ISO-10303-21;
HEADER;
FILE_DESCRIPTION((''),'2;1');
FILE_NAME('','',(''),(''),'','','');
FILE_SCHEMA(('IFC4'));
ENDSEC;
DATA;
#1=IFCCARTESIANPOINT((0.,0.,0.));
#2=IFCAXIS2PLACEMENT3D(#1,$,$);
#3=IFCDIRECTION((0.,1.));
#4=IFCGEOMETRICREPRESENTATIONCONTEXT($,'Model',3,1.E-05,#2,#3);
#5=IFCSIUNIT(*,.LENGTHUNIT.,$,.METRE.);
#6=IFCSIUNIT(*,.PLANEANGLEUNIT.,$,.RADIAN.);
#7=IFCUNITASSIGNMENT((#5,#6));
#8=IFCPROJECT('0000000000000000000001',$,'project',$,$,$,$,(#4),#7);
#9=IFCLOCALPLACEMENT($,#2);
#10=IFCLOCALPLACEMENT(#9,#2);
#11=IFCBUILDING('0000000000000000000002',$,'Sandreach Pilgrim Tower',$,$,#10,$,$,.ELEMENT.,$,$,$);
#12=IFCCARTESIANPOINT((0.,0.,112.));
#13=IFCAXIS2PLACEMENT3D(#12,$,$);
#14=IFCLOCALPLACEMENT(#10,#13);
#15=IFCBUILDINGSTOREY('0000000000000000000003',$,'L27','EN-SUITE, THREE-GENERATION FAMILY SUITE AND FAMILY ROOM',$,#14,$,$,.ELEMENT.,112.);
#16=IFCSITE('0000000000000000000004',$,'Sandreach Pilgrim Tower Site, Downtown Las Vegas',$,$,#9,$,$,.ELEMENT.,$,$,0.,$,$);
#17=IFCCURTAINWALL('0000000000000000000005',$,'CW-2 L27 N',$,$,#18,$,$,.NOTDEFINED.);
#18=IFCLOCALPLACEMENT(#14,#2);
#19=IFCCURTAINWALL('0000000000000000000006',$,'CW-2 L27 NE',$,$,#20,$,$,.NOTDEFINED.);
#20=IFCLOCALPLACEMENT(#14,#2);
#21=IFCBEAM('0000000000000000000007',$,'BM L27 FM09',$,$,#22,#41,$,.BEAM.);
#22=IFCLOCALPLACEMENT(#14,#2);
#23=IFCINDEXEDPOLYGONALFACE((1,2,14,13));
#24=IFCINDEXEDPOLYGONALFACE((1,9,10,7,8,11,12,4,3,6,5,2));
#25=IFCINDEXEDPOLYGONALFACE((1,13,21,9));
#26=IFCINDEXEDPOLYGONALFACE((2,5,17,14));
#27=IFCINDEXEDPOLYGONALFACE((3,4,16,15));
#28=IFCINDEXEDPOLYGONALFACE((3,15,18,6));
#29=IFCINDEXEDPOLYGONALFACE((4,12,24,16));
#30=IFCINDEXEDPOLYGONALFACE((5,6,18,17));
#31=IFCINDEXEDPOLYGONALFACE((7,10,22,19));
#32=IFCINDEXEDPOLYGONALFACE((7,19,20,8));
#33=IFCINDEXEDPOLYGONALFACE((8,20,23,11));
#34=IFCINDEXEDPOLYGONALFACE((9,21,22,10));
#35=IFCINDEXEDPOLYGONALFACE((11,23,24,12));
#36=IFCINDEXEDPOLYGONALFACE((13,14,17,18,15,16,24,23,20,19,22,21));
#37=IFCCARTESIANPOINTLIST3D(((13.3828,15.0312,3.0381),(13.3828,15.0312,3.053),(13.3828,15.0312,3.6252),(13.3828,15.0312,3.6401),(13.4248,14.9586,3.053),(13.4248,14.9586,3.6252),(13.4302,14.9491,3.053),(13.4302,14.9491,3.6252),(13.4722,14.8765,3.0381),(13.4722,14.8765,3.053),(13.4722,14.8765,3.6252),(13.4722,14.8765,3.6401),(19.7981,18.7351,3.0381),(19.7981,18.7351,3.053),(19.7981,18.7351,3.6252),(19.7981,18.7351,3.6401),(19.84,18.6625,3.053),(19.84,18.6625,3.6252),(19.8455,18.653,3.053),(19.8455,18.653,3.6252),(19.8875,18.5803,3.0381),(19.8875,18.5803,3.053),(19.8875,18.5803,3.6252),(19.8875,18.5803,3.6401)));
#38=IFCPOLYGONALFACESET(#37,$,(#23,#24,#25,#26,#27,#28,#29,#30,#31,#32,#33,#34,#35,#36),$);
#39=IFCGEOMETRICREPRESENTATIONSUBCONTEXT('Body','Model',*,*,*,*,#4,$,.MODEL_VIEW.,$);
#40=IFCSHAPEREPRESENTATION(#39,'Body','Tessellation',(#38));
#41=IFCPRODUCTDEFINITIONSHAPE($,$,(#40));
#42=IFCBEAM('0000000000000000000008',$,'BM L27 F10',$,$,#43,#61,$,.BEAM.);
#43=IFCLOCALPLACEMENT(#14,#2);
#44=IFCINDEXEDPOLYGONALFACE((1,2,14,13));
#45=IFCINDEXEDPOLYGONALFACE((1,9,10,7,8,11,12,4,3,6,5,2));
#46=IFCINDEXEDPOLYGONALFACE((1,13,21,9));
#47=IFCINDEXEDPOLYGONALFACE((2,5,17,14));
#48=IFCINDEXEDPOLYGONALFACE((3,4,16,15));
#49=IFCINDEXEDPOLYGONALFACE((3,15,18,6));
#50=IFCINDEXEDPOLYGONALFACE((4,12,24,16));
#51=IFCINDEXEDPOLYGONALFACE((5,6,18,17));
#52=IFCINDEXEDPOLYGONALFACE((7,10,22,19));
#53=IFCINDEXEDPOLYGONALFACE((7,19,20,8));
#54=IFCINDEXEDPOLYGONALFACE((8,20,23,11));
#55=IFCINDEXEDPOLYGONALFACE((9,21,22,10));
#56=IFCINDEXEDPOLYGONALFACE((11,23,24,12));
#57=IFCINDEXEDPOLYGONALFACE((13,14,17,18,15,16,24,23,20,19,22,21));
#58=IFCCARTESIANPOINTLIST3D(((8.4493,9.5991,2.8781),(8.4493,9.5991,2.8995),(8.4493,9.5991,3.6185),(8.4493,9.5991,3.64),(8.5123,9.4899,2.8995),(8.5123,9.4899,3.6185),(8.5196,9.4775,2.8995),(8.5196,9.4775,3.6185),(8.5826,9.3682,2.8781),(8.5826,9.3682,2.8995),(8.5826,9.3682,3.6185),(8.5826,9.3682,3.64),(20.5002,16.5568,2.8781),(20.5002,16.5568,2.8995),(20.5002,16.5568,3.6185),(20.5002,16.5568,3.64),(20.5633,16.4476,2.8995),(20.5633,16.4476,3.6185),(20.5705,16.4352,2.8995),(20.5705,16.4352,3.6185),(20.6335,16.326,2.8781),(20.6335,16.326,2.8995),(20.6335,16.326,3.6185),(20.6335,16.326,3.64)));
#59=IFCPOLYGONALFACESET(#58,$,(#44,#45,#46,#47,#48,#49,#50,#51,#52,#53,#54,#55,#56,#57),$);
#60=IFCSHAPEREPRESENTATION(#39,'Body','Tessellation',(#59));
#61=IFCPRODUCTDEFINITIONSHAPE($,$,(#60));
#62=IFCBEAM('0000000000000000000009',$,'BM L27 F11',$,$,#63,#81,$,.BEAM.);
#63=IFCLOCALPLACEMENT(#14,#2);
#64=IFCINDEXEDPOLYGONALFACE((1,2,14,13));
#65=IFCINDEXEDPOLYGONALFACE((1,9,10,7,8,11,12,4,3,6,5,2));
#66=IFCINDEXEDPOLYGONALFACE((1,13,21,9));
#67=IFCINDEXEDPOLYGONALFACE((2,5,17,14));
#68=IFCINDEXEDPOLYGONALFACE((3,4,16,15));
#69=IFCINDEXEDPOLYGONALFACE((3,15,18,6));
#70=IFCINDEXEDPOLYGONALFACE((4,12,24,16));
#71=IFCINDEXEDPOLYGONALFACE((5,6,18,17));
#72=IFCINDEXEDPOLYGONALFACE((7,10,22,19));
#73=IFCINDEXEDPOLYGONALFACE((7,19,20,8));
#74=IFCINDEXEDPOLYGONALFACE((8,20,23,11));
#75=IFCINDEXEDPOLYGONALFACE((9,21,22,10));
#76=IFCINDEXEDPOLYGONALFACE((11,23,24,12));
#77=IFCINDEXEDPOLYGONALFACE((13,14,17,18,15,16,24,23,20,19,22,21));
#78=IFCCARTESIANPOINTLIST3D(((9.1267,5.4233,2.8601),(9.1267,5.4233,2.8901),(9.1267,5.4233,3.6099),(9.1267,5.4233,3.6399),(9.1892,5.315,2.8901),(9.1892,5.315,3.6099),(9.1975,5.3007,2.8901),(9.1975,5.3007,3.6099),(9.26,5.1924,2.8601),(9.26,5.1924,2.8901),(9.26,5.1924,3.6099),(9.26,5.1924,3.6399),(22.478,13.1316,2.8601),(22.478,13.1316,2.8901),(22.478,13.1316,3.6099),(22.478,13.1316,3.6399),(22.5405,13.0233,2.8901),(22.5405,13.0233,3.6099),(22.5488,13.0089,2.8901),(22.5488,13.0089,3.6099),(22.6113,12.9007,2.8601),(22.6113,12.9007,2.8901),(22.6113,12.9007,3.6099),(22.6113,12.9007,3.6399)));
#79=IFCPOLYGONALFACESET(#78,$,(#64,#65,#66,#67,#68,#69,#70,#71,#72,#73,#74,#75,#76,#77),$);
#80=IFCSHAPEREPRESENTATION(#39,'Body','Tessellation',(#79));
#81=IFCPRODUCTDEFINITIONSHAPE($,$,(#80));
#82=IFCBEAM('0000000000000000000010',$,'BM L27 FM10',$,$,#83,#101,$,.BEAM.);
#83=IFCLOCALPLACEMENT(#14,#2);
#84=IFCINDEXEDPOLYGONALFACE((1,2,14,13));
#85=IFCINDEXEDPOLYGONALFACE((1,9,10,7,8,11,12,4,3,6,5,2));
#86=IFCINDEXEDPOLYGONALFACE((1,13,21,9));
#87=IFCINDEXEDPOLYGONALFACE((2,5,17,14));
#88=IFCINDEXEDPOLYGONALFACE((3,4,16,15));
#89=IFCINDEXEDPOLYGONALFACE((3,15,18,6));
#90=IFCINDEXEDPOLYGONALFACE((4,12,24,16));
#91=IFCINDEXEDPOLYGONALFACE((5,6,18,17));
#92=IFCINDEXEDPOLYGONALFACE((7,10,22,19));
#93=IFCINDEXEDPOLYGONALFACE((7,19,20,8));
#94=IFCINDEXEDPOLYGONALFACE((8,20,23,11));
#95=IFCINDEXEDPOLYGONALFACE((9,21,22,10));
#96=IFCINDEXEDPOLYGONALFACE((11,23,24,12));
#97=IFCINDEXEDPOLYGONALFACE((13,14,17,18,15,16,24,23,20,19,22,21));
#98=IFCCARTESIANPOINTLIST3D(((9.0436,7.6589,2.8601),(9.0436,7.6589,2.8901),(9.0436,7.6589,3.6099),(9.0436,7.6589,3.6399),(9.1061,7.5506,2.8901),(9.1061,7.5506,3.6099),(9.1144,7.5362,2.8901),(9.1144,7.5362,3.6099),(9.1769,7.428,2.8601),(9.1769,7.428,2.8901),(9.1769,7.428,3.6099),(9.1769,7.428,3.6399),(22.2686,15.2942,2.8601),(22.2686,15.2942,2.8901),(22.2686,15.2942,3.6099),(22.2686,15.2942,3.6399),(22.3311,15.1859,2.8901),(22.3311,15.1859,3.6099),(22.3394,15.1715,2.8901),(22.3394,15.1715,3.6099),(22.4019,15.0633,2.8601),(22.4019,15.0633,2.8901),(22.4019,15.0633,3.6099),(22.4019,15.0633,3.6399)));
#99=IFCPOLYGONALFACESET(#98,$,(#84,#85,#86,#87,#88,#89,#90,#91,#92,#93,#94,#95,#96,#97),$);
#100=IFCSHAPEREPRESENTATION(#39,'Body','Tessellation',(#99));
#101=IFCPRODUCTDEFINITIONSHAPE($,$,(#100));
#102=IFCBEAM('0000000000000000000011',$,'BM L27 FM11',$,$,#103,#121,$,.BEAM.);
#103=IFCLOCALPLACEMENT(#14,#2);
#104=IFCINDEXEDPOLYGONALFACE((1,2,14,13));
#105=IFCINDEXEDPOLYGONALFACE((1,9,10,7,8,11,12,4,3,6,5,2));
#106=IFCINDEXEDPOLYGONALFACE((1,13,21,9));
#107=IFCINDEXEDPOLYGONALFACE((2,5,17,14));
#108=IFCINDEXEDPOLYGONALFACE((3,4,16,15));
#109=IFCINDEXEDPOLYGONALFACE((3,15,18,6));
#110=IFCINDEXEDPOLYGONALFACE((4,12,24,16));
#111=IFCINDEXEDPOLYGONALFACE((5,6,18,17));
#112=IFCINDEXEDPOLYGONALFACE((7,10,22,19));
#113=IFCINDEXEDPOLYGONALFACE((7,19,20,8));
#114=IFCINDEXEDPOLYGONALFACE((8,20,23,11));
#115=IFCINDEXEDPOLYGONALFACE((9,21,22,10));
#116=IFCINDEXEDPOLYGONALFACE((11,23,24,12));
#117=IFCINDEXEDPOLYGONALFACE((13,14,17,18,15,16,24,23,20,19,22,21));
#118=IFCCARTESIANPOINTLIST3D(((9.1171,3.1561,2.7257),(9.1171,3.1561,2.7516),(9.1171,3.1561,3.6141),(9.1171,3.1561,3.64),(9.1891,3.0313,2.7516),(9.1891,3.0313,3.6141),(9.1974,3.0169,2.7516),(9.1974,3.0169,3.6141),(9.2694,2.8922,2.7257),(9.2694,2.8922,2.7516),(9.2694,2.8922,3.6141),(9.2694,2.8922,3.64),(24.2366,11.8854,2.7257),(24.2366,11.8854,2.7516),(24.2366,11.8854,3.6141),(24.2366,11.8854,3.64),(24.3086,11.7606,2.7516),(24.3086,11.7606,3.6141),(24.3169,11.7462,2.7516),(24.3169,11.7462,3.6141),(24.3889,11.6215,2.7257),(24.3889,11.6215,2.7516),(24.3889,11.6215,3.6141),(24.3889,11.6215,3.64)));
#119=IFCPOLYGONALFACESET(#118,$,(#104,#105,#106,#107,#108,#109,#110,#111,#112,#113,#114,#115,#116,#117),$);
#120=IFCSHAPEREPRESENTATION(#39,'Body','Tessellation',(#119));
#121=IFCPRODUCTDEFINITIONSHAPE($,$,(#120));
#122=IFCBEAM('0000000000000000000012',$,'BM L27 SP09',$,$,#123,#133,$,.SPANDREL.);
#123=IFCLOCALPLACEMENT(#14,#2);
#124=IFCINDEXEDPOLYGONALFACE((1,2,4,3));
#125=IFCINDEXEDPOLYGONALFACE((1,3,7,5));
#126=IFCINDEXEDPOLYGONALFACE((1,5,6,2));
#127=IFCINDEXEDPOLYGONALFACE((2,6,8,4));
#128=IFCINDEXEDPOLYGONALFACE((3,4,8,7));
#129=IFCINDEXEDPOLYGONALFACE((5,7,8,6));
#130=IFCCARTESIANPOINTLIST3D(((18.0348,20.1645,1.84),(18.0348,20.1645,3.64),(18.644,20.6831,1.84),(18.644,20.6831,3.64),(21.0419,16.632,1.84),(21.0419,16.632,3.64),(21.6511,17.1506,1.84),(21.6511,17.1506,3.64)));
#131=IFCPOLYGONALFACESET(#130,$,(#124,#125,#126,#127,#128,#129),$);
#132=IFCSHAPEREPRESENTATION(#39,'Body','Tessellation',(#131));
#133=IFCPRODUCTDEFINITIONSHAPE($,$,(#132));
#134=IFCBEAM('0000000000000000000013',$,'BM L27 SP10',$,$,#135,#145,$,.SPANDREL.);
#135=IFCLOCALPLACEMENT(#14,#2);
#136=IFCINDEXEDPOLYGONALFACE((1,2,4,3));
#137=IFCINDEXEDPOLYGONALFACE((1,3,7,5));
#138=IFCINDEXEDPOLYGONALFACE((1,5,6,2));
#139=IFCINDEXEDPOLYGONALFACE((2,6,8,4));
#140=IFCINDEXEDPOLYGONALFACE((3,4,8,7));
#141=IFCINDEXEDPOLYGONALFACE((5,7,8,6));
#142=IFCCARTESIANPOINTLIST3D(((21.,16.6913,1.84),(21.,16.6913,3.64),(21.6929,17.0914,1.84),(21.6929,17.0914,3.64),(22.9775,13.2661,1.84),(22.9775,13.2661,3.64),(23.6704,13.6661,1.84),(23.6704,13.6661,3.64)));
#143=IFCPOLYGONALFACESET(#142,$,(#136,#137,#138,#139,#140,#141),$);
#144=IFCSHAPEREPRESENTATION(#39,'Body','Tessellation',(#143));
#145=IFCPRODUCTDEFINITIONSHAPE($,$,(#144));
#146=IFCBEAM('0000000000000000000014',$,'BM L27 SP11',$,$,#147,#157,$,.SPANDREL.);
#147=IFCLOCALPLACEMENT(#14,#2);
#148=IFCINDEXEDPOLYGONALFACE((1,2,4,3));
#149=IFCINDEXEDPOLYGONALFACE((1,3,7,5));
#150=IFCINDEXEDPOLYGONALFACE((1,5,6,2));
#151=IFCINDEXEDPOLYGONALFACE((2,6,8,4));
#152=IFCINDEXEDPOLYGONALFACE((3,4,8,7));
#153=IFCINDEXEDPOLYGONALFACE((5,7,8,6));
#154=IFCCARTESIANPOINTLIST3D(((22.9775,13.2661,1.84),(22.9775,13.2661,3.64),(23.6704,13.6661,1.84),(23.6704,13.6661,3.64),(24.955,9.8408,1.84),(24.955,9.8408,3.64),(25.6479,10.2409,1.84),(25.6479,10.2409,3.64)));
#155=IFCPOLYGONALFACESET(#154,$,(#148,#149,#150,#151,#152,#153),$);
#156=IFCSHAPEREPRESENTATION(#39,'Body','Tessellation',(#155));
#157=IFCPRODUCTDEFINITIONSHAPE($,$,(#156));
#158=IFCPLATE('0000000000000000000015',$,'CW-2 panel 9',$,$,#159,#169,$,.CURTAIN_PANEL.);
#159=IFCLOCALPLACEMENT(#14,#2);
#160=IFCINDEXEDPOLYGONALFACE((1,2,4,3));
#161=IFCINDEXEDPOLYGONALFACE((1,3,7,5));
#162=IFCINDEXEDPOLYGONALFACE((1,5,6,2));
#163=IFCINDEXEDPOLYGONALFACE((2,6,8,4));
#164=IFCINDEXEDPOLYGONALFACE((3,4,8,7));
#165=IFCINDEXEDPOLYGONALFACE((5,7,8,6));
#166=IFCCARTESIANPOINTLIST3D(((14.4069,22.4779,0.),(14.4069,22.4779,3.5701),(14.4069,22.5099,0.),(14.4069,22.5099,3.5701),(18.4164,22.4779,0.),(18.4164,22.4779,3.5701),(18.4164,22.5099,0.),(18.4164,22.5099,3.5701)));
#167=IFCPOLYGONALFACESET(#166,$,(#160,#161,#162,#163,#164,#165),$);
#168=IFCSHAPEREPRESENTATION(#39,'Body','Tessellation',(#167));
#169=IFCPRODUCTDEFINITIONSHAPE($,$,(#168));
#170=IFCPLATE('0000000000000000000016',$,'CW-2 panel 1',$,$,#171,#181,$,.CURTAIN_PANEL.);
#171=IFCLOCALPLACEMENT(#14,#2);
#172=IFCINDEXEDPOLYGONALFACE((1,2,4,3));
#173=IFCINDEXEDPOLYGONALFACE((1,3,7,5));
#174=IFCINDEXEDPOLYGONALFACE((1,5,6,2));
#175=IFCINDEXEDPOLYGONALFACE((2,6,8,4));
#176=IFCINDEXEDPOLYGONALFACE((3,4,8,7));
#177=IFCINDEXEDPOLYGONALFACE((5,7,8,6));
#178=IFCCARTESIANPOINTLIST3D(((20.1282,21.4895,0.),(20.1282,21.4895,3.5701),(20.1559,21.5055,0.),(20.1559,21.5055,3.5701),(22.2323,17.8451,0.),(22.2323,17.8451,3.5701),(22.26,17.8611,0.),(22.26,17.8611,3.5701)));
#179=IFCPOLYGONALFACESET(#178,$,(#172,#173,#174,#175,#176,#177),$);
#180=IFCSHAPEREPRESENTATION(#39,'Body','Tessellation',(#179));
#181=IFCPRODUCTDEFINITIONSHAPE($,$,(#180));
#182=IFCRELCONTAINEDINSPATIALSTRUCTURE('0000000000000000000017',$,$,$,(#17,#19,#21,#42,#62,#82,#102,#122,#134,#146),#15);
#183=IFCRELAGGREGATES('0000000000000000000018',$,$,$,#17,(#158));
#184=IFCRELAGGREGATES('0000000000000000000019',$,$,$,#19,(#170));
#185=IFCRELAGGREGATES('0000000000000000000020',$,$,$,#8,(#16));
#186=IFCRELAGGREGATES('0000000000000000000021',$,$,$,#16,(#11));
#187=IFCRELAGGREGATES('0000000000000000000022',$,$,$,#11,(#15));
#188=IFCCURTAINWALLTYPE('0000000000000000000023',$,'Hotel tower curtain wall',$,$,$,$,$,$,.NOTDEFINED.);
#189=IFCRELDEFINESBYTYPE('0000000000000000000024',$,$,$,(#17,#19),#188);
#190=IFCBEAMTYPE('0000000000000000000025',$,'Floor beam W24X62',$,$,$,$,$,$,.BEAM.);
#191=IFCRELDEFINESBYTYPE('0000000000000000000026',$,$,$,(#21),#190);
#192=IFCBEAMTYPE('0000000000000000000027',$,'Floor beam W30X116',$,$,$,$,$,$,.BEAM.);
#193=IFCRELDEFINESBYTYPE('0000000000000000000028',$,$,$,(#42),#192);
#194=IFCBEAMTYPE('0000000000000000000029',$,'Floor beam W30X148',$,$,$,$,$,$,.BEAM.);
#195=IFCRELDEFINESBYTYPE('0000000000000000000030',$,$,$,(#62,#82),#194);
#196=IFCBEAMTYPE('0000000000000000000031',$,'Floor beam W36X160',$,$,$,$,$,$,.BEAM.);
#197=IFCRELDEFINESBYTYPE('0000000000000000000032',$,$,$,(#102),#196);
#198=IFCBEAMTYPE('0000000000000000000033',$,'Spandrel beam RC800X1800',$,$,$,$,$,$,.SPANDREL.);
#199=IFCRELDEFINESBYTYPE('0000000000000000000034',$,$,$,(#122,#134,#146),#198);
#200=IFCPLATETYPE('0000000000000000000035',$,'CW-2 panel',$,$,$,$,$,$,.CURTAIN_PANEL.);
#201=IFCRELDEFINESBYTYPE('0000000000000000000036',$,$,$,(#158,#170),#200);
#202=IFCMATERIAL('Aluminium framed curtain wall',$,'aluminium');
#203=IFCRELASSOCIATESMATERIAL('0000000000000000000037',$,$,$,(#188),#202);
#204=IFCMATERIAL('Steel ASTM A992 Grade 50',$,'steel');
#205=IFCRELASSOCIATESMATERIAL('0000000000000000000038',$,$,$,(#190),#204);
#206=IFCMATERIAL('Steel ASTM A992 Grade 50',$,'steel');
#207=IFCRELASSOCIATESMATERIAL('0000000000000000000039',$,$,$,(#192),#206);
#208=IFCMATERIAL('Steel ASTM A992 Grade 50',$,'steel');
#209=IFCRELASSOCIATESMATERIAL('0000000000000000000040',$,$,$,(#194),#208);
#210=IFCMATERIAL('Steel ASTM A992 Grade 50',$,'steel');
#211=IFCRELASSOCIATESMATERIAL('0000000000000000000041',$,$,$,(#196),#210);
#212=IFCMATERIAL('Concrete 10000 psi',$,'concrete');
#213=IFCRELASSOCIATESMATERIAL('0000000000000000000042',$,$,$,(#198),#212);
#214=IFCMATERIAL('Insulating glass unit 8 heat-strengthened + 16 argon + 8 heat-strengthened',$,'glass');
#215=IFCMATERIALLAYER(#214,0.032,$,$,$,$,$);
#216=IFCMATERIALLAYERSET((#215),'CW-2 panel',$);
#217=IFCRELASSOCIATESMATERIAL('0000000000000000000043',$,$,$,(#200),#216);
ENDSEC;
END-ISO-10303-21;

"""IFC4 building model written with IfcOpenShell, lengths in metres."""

from ifc_helpers import new_model, si_unit, direction, frame, origin, origin_2d, place, context, subcontext, project, spatial, rectangle, i_section, extrude, material, layer, layer_set, material_profile, profile_set, type_object, element, aggregate, save


model = new_model("IFC4")

# Units and contexts
model_context = context("Model", 3, precision=1e-05, world=origin(), true_north=direction((0.0, 1.0)))
body_context = subcontext(model_context, "Body", "Model", "MODEL_VIEW")
ifc_project = project(units=[si_unit("LENGTHUNIT", "METRE"), si_unit("PLANEANGLEUNIT", "RADIAN")], contexts=[model_context])

# Site, building, storey
site_placement = place(None, origin())
site = spatial("IfcSite", under=ifc_project, at=site_placement, Name="Sandreach Pilgrim Tower Site, Downtown Las Vegas", CompositionType="ELEMENT", RefElevation=0.0)
building_placement = place(site_placement, origin())
building = spatial("IfcBuilding", under=site, at=building_placement, Name="Sandreach Pilgrim Tower", CompositionType="ELEMENT")
storey_placement = place(building_placement, frame((0.0, 0.0, 112.0)))
storey = spatial("IfcBuildingStorey", under=building, at=storey_placement, Name="L27", Description="EN-SUITE, THREE-GENERATION FAMILY SUITE AND FAMILY ROOM", CompositionType="ELEMENT", Elevation=112.0)

# Curtain wall
ifc_material_1 = material(Name="Aluminium framed curtain wall", Category="aluminium")
curtain_wall_type = type_object("IfcCurtainWallType", Name="Hotel tower curtain wall", PredefinedType="NOTDEFINED", material=ifc_material_1)
curtain_wall_1_placement = place(storey_placement, origin())
curtain_wall_1 = element("IfcCurtainWall", 1, at=curtain_wall_1_placement, inside=storey, type_object=curtain_wall_type, Name="CW-2 L27 N", PredefinedType="NOTDEFINED")

# Curtain wall
curtain_wall_2_placement = place(storey_placement, origin())
curtain_wall_2 = element("IfcCurtainWall", 2, at=curtain_wall_2_placement, inside=storey, type_object=curtain_wall_type, Name="CW-2 L27 NE", PredefinedType="NOTDEFINED")

# Beams
ifc_material_2 = material(Name="Steel ASTM A992 Grade 50", Category="steel")
ifc_material_profile_1 = material_profile(ifc_material_2, i_section(OverallWidth=0.1787, OverallDepth=0.6021, WebThickness=0.011, FlangeThickness=0.0149, at=origin_2d()), Name="W24X62")
ifc_profile_set_1 = profile_set([ifc_material_profile_1], Name="Steel ASTM A992 Grade 50")
beam_type_1 = type_object("IfcBeamType", Name="Floor beam W24X62", PredefinedType="BEAM", material=ifc_profile_set_1)
beam_1_placement = place(storey_placement, frame((19.8428, 18.6577, 3.3391), z_axis=(-0.866026, -0.499999, 0.0), x_axis=(0.499999, -0.866026, 0.0)))
element("IfcBeam", 3, at=beam_1_placement, inside=storey, type_object=beam_type_1, Name="BM L27 FM09", PredefinedType="BEAM", context=body_context, shape_type="SweptSolid", body=[
    extrude(i_section(OverallWidth=0.1787, OverallDepth=0.6021, WebThickness=0.011, FlangeThickness=0.0149, at=origin_2d()), origin(), (0.0, 0.0, 1.0), 7.4077),
])
ifc_material_3 = material(Name="Steel ASTM A992 Grade 50", Category="steel")
ifc_material_profile_2 = material_profile(ifc_material_3, i_section(OverallWidth=0.2666, OverallDepth=0.762, WebThickness=0.0144, FlangeThickness=0.0215, at=origin_2d()), Name="W30X116")
ifc_profile_set_2 = profile_set([ifc_material_profile_2], Name="Steel ASTM A992 Grade 50")
beam_type_2 = type_object("IfcBeamType", Name="Floor beam W30X116", PredefinedType="BEAM", material=ifc_profile_set_2)
beam_2_placement = place(storey_placement, frame((20.5669, 16.4414, 3.259), z_axis=(-0.866022, -0.500005, 0.0), x_axis=(0.500005, -0.866022, 0.0)))
element("IfcBeam", 4, at=beam_2_placement, inside=storey, type_object=beam_type_2, Name="BM L27 F10", PredefinedType="BEAM", context=body_context, shape_type="SweptSolid", body=[
    extrude(i_section(OverallWidth=0.2666, OverallDepth=0.762, WebThickness=0.0144, FlangeThickness=0.0215, at=origin_2d()), origin(), (0.0, 0.0, 1.0), 13.9153),
])
ifc_material_4 = material(Name="Steel ASTM A992 Grade 50", Category="steel")
ifc_material_profile_3 = material_profile(ifc_material_4, i_section(OverallWidth=0.2666, OverallDepth=0.7798, WebThickness=0.0166, FlangeThickness=0.03, at=origin_2d()), Name="W30X148")
ifc_profile_set_3 = profile_set([ifc_material_profile_3], Name="Steel ASTM A992 Grade 50")
beam_type_3 = type_object("IfcBeamType", Name="Floor beam W30X148", PredefinedType="BEAM", material=ifc_profile_set_3)
beam_3_placement = place(storey_placement, frame((22.5447, 13.0161, 3.25), z_axis=(-0.866029, -0.499993, 0.0), x_axis=(0.499993, -0.866029, 0.0)))
element("IfcBeam", 5, at=beam_3_placement, inside=storey, type_object=beam_type_3, Name="BM L27 F11", PredefinedType="BEAM", context=body_context, shape_type="SweptSolid", body=[
    extrude(i_section(OverallWidth=0.2666, OverallDepth=0.7798, WebThickness=0.0166, FlangeThickness=0.03, at=origin_2d()), origin(), (0.0, 0.0, 1.0), 15.4167),
])
beam_4_placement = place(storey_placement, frame((22.3352, 15.1787, 3.25), z_axis=(-0.866029, -0.499994, 0.0), x_axis=(0.499994, -0.866029, 0.0)))
element("IfcBeam", 6, at=beam_4_placement, inside=storey, type_object=beam_type_3, Name="BM L27 FM10", PredefinedType="BEAM", context=body_context, shape_type="SweptSolid", body=[
    extrude(i_section(OverallWidth=0.2666, OverallDepth=0.7798, WebThickness=0.0166, FlangeThickness=0.03, at=origin_2d()), origin(), (0.0, 0.0, 1.0), 15.2708),
])
ifc_material_5 = material(Name="Steel ASTM A992 Grade 50", Category="steel")
ifc_material_profile_4 = material_profile(ifc_material_5, i_section(OverallWidth=0.3047, OverallDepth=0.9143, WebThickness=0.0166, FlangeThickness=0.0259, at=origin_2d()), Name="W36X160")
ifc_profile_set_4 = profile_set([ifc_material_profile_4], Name="Steel ASTM A992 Grade 50")
beam_type_4 = type_object("IfcBeamType", Name="Floor beam W36X160", PredefinedType="BEAM", material=ifc_profile_set_4)
beam_5_placement = place(storey_placement, frame((24.3127, 11.7534, 3.1829), z_axis=(-0.866024, -0.500003, 0.0), x_axis=(0.500003, -0.866024, 0.0)))
element("IfcBeam", 7, at=beam_5_placement, inside=storey, type_object=beam_type_4, Name="BM L27 FM11", PredefinedType="BEAM", context=body_context, shape_type="SweptSolid", body=[
    extrude(i_section(OverallWidth=0.3047, OverallDepth=0.9143, WebThickness=0.0166, FlangeThickness=0.0259, at=origin_2d()), origin(), (0.0, 0.0, 1.0), 17.4585),
])
ifc_material_6 = material(Name="Concrete 10000 psi", Category="concrete")
ifc_material_profile_5 = material_profile(ifc_material_6, rectangle(XDim=0.8, YDim=1.8, at=origin_2d()), Name="RC800X1800")
ifc_profile_set_5 = profile_set([ifc_material_profile_5], Name="Concrete 10000 psi")
beam_type_5 = type_object("IfcBeamType", Name="Spandrel beam RC800X1800", PredefinedType="SPANDREL", material=ifc_profile_set_5)
beam_6_placement = place(storey_placement, frame((18.3394, 20.4238, 2.74), z_axis=(0.648209, -0.761463, 0.0), x_axis=(0.761463, 0.648209, 0.0)))
element("IfcBeam", 8, at=beam_6_placement, inside=storey, type_object=beam_type_5, Name="BM L27 SP09", PredefinedType="SPANDREL", context=body_context, shape_type="SweptSolid", body=[
    extrude(rectangle(XDim=0.8, YDim=1.8, at=origin_2d()), origin(), (0.0, 0.0, 1.0), 4.6392),
])
for number, where, z_axis, x_axis, name in (
    (9, (21.3464, 16.8914, 2.74), (0.49999, -0.866031, 0.0), (0.866031, 0.49999, 0.0), "BM L27 SP10"),
    (10, (23.324, 13.4661, 2.74), (0.49999, -0.866031, 0.0), (0.866031, 0.49999, 0.0), "BM L27 SP11"),
):
    element("IfcBeam", number, at=place(storey_placement, frame(where, z_axis=z_axis, x_axis=x_axis)), inside=storey, type_object=beam_type_5, Name=name, PredefinedType="SPANDREL", context=body_context, shape_type="SweptSolid", body=[
        extrude(rectangle(XDim=0.8, YDim=1.8, at=origin_2d()), origin(), (0.0, 0.0, 1.0), 3.9551),
    ])

# Plates
ifc_material_7 = material(Name="Insulating glass unit 8 heat-strengthened + 16 argon + 8 heat-strengthened", Category="glass")
ifc_layer_1 = layer(ifc_material_7, 0.032)
ifc_layer_set_1 = layer_set([ifc_layer_1], Name="CW-2 panel")
plate_type = type_object("IfcPlateType", Name="CW-2 panel", PredefinedType="CURTAIN_PANEL", material=ifc_layer_set_1)
plate_1_placement = place(storey_placement, frame((16.4116, 22.4939, 0.0), z_axis=(0.0, 0.0, 1.0), x_axis=(1.0, 0.0, 0.0)))
plate_1 = element("IfcPlate", 11, at=plate_1_placement, type_object=plate_type, Name="CW-2 panel 9", PredefinedType="CURTAIN_PANEL", context=body_context, shape_type="SweptSolid", body=[
    extrude(rectangle(XDim=4.0095, YDim=0.032, at=origin_2d()), origin(), (0.0, 0.0, 1.0), 3.5701),
])
aggregate(curtain_wall_1, [plate_1])
plate_2_placement = place(storey_placement, frame((21.1941, 19.6753, 0.0), z_axis=(0.0, 0.0, 1.0), x_axis=(0.5, -0.866025, 0.0)))
plate_2 = element("IfcPlate", 12, at=plate_2_placement, type_object=plate_type, Name="CW-2 panel 1", PredefinedType="CURTAIN_PANEL", context=body_context, shape_type="SweptSolid", body=[
    extrude(rectangle(XDim=4.2083, YDim=0.032, at=origin_2d()), origin(), (0.0, 0.0, 1.0), 3.5701),
])
aggregate(curtain_wall_2, [plate_2])

save(model, "model.ifc")
